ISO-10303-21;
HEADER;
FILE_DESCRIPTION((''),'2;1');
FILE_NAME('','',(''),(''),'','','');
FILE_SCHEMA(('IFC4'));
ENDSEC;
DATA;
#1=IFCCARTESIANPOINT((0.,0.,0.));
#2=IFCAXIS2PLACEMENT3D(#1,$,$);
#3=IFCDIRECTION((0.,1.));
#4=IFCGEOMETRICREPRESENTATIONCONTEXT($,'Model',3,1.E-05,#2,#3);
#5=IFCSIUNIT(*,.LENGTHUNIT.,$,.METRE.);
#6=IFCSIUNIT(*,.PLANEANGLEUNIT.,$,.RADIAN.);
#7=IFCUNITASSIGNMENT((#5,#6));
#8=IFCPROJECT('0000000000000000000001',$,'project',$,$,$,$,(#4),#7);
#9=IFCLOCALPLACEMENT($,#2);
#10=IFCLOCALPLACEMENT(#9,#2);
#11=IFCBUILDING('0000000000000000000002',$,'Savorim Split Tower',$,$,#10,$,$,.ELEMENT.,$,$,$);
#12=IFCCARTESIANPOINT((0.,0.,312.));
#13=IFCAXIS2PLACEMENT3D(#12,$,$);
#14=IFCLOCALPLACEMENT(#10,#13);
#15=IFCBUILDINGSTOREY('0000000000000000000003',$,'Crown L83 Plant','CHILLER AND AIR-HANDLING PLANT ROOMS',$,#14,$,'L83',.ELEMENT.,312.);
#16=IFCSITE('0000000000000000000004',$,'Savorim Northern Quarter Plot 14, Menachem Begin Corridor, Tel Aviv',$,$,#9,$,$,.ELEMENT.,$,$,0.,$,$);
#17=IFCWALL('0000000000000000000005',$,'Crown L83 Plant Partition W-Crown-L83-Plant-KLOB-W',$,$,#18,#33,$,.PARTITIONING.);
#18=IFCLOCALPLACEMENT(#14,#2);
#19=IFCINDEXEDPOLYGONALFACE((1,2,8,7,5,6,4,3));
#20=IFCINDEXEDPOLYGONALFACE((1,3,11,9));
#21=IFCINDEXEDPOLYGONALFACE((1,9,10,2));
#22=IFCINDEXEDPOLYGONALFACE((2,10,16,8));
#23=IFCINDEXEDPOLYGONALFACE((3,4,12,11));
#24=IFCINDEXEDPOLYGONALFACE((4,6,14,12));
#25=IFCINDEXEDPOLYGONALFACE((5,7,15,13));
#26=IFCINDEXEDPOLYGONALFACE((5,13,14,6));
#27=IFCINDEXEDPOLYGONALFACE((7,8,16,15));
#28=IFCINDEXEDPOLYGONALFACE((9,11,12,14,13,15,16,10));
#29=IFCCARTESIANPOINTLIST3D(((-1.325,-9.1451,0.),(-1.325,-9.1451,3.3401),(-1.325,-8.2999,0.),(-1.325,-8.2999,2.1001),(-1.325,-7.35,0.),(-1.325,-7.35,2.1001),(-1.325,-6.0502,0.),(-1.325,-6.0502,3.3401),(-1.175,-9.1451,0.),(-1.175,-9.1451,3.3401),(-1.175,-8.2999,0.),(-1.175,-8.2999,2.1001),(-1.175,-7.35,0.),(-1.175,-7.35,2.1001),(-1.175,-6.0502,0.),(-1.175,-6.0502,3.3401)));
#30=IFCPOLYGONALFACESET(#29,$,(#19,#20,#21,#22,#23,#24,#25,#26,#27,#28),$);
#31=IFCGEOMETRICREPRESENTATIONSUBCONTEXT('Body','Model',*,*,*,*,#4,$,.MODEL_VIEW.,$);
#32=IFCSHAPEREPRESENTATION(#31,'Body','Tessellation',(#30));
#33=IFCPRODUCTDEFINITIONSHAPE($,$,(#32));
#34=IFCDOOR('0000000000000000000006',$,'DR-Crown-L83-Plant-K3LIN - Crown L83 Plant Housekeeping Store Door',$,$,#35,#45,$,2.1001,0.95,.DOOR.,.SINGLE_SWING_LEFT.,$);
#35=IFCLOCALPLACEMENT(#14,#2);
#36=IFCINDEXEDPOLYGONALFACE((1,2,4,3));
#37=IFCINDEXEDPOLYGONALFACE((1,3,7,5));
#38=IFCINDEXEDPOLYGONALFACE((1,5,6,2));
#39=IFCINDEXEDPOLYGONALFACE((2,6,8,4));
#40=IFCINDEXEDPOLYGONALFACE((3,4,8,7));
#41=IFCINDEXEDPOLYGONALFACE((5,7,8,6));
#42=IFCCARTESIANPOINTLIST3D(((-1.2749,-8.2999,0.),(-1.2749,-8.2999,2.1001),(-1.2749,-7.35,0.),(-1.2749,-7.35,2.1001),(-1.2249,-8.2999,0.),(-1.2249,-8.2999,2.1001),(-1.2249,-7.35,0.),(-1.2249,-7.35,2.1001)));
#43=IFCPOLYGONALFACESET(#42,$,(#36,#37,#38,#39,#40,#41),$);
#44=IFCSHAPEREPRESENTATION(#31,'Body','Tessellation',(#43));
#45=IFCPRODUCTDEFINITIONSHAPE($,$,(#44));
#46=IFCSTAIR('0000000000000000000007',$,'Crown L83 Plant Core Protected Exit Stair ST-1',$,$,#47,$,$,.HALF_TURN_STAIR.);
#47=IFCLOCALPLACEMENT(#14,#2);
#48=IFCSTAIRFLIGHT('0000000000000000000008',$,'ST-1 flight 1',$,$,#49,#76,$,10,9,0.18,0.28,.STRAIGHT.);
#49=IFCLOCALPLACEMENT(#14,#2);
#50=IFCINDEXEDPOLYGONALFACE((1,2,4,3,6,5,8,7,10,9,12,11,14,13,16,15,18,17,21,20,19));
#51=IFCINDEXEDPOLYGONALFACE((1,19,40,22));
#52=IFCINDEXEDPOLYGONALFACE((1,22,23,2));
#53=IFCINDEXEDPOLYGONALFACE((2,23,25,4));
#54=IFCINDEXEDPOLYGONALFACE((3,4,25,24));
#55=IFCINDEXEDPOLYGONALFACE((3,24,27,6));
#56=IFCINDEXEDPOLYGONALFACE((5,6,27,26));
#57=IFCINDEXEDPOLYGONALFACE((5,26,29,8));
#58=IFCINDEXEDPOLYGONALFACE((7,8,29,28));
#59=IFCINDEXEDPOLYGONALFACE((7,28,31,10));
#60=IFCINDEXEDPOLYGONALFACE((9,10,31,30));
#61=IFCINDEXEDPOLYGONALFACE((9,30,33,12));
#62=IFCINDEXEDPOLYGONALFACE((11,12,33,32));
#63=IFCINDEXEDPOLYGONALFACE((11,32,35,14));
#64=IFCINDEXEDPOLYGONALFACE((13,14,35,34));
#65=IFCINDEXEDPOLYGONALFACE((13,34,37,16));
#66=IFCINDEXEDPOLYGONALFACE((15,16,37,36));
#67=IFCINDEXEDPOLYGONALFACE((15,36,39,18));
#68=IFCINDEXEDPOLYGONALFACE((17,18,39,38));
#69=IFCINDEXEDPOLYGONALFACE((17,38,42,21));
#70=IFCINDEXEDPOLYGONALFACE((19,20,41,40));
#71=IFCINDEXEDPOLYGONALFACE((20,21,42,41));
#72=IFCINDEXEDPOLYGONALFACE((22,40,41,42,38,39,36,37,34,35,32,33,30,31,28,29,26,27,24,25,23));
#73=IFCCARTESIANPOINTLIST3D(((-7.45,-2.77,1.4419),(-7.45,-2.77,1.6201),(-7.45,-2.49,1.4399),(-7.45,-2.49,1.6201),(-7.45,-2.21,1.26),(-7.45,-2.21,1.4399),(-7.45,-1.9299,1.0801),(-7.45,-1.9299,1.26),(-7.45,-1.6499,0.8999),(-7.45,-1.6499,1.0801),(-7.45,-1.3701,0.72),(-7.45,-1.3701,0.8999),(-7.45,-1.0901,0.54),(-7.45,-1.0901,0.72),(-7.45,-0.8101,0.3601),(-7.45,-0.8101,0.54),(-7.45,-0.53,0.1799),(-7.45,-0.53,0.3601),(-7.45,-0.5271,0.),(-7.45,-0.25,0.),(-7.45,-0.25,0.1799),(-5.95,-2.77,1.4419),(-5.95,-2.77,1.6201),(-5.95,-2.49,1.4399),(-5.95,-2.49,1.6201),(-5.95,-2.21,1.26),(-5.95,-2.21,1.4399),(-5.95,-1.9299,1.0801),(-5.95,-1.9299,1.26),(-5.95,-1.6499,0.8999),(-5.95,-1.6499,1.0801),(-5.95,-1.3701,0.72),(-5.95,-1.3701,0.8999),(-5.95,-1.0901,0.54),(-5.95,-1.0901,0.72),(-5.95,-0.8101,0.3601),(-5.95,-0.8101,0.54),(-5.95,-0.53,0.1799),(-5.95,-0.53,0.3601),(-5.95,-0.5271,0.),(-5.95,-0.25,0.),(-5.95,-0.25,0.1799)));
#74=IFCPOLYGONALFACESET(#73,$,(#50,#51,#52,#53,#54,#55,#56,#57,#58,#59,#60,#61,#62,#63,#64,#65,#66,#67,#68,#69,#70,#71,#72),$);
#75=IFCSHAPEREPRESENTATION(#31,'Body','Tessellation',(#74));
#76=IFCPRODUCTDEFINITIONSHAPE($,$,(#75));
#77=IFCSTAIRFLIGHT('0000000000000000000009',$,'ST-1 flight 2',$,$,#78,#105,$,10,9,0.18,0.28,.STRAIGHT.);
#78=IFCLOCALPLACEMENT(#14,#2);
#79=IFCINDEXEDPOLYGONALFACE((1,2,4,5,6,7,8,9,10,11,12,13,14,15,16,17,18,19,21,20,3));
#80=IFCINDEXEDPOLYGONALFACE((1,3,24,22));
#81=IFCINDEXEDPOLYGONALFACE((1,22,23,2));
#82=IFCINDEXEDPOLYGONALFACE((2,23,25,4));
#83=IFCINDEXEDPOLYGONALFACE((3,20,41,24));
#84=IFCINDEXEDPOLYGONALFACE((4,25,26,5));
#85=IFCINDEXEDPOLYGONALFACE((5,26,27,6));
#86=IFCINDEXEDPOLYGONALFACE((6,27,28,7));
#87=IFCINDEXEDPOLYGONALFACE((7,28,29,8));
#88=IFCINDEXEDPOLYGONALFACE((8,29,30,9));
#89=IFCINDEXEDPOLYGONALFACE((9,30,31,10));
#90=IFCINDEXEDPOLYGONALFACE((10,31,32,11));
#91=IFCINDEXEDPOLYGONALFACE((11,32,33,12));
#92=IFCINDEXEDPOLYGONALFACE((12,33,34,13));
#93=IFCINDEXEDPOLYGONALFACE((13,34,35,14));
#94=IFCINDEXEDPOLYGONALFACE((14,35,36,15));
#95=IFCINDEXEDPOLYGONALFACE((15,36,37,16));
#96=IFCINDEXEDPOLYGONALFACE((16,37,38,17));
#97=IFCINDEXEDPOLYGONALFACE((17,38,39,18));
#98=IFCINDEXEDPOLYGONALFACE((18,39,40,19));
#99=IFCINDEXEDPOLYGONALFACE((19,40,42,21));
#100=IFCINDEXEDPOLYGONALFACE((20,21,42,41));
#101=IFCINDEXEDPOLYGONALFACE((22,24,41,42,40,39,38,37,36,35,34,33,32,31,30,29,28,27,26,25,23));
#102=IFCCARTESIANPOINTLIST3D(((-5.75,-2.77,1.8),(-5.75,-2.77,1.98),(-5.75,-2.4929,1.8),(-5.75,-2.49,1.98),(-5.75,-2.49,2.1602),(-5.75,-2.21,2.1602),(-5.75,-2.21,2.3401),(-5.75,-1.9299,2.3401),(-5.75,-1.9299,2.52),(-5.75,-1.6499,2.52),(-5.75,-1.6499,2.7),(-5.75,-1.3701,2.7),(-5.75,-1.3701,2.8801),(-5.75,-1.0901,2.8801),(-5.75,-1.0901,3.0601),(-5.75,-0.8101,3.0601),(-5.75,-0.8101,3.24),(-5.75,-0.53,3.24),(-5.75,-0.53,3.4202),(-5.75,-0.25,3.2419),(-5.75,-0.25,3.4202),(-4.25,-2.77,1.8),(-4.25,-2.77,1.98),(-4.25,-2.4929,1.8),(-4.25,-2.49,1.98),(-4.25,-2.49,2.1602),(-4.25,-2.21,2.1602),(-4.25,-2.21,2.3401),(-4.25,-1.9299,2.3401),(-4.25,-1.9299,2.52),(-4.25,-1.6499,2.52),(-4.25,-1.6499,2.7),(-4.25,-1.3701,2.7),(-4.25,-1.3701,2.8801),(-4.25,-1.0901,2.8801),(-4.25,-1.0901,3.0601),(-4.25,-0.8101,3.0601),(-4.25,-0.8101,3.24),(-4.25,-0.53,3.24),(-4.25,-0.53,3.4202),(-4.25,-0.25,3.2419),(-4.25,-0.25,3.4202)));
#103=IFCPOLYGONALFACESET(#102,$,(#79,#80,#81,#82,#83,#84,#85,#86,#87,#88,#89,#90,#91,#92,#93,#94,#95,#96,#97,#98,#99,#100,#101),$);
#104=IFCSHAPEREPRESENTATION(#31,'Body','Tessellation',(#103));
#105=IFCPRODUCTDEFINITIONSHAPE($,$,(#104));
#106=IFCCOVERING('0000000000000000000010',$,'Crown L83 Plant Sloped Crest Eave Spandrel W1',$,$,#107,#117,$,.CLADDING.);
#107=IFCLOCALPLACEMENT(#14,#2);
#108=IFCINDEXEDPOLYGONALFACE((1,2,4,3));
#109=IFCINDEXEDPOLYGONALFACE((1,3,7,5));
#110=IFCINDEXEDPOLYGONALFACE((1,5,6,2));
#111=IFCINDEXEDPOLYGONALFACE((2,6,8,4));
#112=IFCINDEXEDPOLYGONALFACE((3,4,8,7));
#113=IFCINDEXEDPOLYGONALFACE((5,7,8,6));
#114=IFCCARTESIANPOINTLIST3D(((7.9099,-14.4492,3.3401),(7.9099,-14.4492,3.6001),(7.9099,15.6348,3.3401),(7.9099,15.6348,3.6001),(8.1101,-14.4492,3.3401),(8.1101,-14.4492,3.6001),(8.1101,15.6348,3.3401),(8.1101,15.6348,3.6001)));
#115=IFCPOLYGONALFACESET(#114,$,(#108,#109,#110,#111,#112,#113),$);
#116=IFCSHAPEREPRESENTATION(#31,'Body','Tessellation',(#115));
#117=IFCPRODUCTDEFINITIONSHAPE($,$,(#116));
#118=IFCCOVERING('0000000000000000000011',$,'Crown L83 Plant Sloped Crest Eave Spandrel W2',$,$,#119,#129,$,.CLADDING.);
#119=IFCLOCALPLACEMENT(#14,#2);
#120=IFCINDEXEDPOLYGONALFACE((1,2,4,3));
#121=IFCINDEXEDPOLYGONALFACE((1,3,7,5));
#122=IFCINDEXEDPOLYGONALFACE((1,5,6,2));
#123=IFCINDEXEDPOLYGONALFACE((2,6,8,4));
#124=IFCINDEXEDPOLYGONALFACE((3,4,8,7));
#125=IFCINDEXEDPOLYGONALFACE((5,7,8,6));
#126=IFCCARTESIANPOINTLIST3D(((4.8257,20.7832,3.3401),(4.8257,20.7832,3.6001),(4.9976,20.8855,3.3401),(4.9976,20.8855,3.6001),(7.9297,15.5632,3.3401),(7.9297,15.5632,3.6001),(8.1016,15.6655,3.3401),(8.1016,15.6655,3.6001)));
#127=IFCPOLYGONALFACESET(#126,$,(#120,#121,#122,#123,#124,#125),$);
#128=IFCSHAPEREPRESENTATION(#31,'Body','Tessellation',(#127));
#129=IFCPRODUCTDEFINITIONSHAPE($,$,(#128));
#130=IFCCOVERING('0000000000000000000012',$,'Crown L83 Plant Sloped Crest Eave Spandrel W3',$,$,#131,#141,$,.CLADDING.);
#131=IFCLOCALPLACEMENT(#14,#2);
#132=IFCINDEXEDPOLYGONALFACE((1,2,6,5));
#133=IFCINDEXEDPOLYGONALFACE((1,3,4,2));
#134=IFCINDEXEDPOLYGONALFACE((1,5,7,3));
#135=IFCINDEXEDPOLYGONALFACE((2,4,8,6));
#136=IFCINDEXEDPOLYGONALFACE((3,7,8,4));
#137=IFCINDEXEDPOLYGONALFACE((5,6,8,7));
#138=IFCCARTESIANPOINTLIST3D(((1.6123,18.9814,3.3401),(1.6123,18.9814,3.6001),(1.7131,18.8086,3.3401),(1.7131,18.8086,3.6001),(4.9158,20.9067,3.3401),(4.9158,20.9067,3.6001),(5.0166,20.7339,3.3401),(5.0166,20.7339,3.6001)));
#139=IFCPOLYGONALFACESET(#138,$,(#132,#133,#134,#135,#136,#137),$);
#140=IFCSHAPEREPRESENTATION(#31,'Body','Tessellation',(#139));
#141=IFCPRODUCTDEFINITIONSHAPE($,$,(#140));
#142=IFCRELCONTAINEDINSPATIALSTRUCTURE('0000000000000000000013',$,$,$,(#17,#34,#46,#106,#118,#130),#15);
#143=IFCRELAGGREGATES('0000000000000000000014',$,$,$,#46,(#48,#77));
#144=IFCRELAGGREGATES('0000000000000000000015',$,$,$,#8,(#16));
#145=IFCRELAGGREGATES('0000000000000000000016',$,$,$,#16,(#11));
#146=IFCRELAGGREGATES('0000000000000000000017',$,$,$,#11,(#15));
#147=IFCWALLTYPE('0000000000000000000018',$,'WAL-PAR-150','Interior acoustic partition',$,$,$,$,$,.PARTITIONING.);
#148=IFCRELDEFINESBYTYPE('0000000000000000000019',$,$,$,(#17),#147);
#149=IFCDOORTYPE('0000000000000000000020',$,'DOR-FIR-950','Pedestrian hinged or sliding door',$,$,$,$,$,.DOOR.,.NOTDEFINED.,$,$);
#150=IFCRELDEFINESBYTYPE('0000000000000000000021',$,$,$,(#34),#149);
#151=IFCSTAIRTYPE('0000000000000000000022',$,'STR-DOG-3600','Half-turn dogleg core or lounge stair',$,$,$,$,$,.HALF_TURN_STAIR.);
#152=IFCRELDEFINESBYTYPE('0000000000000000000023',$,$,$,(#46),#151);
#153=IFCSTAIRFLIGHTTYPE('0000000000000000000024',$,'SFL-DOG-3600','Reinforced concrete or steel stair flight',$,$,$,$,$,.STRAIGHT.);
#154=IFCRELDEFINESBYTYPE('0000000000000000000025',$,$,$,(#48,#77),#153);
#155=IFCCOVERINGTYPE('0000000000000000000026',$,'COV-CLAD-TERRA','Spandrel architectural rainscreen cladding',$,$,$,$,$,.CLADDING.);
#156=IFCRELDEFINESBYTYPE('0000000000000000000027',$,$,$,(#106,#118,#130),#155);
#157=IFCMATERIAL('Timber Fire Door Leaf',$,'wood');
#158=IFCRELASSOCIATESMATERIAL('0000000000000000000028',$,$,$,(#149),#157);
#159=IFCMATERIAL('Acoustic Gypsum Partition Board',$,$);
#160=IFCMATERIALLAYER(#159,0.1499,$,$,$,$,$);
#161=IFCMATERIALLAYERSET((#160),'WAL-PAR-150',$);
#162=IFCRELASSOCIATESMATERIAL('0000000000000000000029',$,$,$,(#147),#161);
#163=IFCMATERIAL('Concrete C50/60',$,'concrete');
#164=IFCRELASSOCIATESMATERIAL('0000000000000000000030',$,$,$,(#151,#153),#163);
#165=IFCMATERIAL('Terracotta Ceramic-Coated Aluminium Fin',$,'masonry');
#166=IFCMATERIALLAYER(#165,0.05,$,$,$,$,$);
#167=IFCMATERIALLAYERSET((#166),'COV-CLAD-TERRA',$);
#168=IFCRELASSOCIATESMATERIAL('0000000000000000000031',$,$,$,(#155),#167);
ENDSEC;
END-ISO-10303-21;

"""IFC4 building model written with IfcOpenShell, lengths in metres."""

from ifc_helpers import new_model, si_unit, direction, frame, frame_2d, origin, place, context, subcontext, project, spatial, polyline, rectangle, outline, extrude, material, layer, layer_set, type_object, element, fill, aggregate, save


model = new_model("IFC4")

# Units and contexts
model_context = context("Model", 3, precision=1e-05, world=origin(), true_north=direction((0.0, 1.0)))
body_context = subcontext(model_context, "Body", "Model", "MODEL_VIEW")
ifc_project = project(units=[si_unit("LENGTHUNIT", "METRE"), si_unit("PLANEANGLEUNIT", "RADIAN")], contexts=[model_context])

# Site, building, storey
site_placement = place(None, origin())
site = spatial("IfcSite", under=ifc_project, at=site_placement, Name="Savorim Northern Quarter Plot 14, Menachem Begin Corridor, Tel Aviv", CompositionType="ELEMENT", RefElevation=0.0)
building_placement = place(site_placement, origin())
building = spatial("IfcBuilding", under=site, at=building_placement, Name="Savorim Split Tower", CompositionType="ELEMENT")
storey_placement = place(building_placement, frame((0.0, 0.0, 312.0)))
storey = spatial("IfcBuildingStorey", under=building, at=storey_placement, Name="Crown L83 Plant", Description="CHILLER AND AIR-HANDLING PLANT ROOMS", LongName="L83", CompositionType="ELEMENT", Elevation=312.0)

# Shared definitions
ifc_material_1 = material(Name="Concrete C50/60", Category="concrete")

# Shared definitions
ifc_material_2 = material(Name="Timber Fire Door Leaf", Category="wood")
door_type = type_object("IfcDoorType", Name="DOR-FIR-950", Description="Pedestrian hinged or sliding door", OperationType="NOTDEFINED", PredefinedType="DOOR", material=ifc_material_2)

# Wall, opening, door
ifc_material_3 = material(Name="Acoustic Gypsum Partition Board")
ifc_layer_1 = layer(ifc_material_3, 0.1499)
ifc_layer_set_1 = layer_set([ifc_layer_1], Name="WAL-PAR-150")
wall_type_1 = type_object("IfcWallType", Name="WAL-PAR-150", Description="Interior acoustic partition", PredefinedType="PARTITIONING", material=ifc_layer_set_1)
wall_1_placement = place(storey_placement, frame((-1.25, -9.145, 0.0), z_axis=(0.0, 0.0, 1.0), x_axis=(0.0, 1.0, 0.0)))
wall_1 = element("IfcWall", 1, at=wall_1_placement, inside=storey, type_object=wall_type_1, Name="Crown L83 Plant Partition W-Crown-L83-Plant-KLOB-W", PredefinedType="PARTITIONING", context=body_context, shape_type="SweptSolid", body=[
    extrude(rectangle(XDim=3.095, YDim=0.1499, at=frame_2d((1.5474, 0.0))), origin(), (0.0, 0.0, 1.0), 3.3401),
])
opening_1_placement = place(wall_1_placement, frame((0.845, 0.0, 0.0)))
opening_1 = element("IfcOpeningElement", 2, at=opening_1_placement, cuts=wall_1, PredefinedType="OPENING", context=body_context, shape_type="SweptSolid", body=[
    extrude(rectangle(XDim=0.95, YDim=2.1001, at=frame_2d((0.4751, 1.05))), frame((0.0, 0.085, 0.0), z_axis=(0.0, -1.0, 0.0), x_axis=(1.0, 0.0, 0.0)), (0.0, 0.0, 1.0), 0.1699),
])
door_1_placement = place(opening_1_placement, origin())
door_1 = element("IfcDoor", 3, at=door_1_placement, inside=storey, type_object=door_type, Name="DR-Crown-L83-Plant-K3LIN - Crown L83 Plant Housekeeping Store Door", OperationType="SINGLE_SWING_LEFT", OverallHeight=2.1001, OverallWidth=0.95, PredefinedType="DOOR", context=body_context, shape_type="SweptSolid", body=[
    extrude(rectangle(XDim=0.95, YDim=2.1001, at=frame_2d((0.4751, 1.05))), frame((0.0, 0.0249, 0.0), z_axis=(0.0, -1.0, 0.0), x_axis=(1.0, 0.0, 0.0)), (0.0, 0.0, 1.0), 0.05),
])
fill(opening_1, door_1)

# Stair, stair flights
stair_type = type_object("IfcStairType", Name="STR-DOG-3600", Description="Half-turn dogleg core or lounge stair", PredefinedType="HALF_TURN_STAIR", material=ifc_material_1)
stair_placement = place(storey_placement, origin())
stair = element("IfcStair", 4, at=stair_placement, inside=storey, type_object=stair_type, Name="Crown L83 Plant Core Protected Exit Stair ST-1", PredefinedType="HALF_TURN_STAIR")
stair_flight_type = type_object("IfcStairFlightType", Name="SFL-DOG-3600", Description="Reinforced concrete or steel stair flight", PredefinedType="STRAIGHT", material=ifc_material_1)
stair_flight_1_placement = place(storey_placement, frame((-6.7, -0.25, 0.0), z_axis=(0.0, 0.0, 1.0), x_axis=(0.0, -1.0, 0.0)))
stair_flight_1 = element("IfcStairFlight", 5, at=stair_flight_1_placement, type_object=stair_flight_type, Name="ST-1 flight 1", NumberOfRisers=10, NumberOfTreads=9, PredefinedType="STRAIGHT", RiserHeight=0.18, TreadLength=0.28, context=body_context, shape_type="SweptSolid", body=[
    extrude(outline(polyline([(0.0, 0.0), (0.0, 0.1799), (0.28, 0.1799), (0.28, 0.3601), (0.5601, 0.3601), (0.5601, 0.54), (0.8401, 0.54), (0.8401, 0.72), (1.1201, 0.72), (1.1201, 0.8999), (1.3999, 0.8999), (1.3999, 1.0801), (1.6799, 1.0801), (1.6799, 1.26), (1.96, 1.26), (1.96, 1.4399), (2.24, 1.4399), (2.24, 1.6201), (2.52, 1.6201), (2.52, 1.8), (2.52, 1.4419), (0.2771, 0.0), (0.0, 0.0)])), frame((0.0, 0.75, 0.0), z_axis=(0.0, -1.0, 0.0), x_axis=(1.0, 0.0, 0.0)), (0.0, 0.0, 1.0), 1.5),
])
stair_flight_2_placement = place(storey_placement, frame((-5.0, -2.77, 1.8), z_axis=(0.0, 0.0, 1.0), x_axis=(0.0, 1.0, 0.0)))
stair_flight_2 = element("IfcStairFlight", 6, at=stair_flight_2_placement, type_object=stair_flight_type, Name="ST-1 flight 2", NumberOfRisers=10, NumberOfTreads=9, PredefinedType="STRAIGHT", RiserHeight=0.18, TreadLength=0.28, context=body_context, shape_type="SweptSolid", body=[
    extrude(outline(polyline([(0.0, 0.0), (0.0, 0.1799), (0.28, 0.1799), (0.28, 0.3601), (0.5601, 0.3601), (0.5601, 0.54), (0.8401, 0.54), (0.8401, 0.72), (1.1201, 0.72), (1.1201, 0.8999), (1.3999, 0.8999), (1.3999, 1.0801), (1.6799, 1.0801), (1.6799, 1.26), (1.96, 1.26), (1.96, 1.4399), (2.24, 1.4399), (2.24, 1.6201), (2.52, 1.6201), (2.52, 1.8), (2.52, 1.4419), (0.2771, 0.0), (0.0, 0.0)])), frame((0.0, 0.75, 0.0), z_axis=(0.0, -1.0, 0.0), x_axis=(1.0, 0.0, 0.0)), (0.0, 0.0, 1.0), 1.5),
])
aggregate(stair, [stair_flight_1, stair_flight_2])

# Coverings
ifc_material_4 = material(Name="Terracotta Ceramic-Coated Aluminium Fin", Category="masonry")
ifc_layer_2 = layer(ifc_material_4, 0.05)
ifc_layer_set_2 = layer_set([ifc_layer_2], Name="COV-CLAD-TERRA")
covering_type = type_object("IfcCoveringType", Name="COV-CLAD-TERRA", Description="Spandrel architectural rainscreen cladding", PredefinedType="CLADDING", material=ifc_layer_set_2)
covering_1_placement = place(storey_placement, frame((0.0, 0.0, 3.3401)))
element("IfcCovering", 7, at=covering_1_placement, inside=storey, type_object=covering_type, Name="Crown L83 Plant Sloped Crest Eave Spandrel W1", PredefinedType="CLADDING", context=body_context, shape_type="SweptSolid", body=[
    extrude(outline(polyline([(8.1101, -14.4492), (8.1101, 15.6348), (7.9099, 15.6348), (7.9099, -14.4492), (8.1101, -14.4492)])), origin(), (0.0, 0.0, 1.0), 0.26),
])
covering_2_placement = place(storey_placement, frame((0.0, 0.0, 3.3401)))
element("IfcCovering", 8, at=covering_2_placement, inside=storey, type_object=covering_type, Name="Crown L83 Plant Sloped Crest Eave Spandrel W2", PredefinedType="CLADDING", context=body_context, shape_type="SweptSolid", body=[
    extrude(outline(polyline([(8.1016, 15.6655), (4.9976, 20.8855), (4.8257, 20.7832), (7.9297, 15.5632), (8.1016, 15.6655)])), origin(), (0.0, 0.0, 1.0), 0.26),
])
covering_3_placement = place(storey_placement, frame((0.0, 0.0, 3.3401)))
element("IfcCovering", 9, at=covering_3_placement, inside=storey, type_object=covering_type, Name="Crown L83 Plant Sloped Crest Eave Spandrel W3", PredefinedType="CLADDING", context=body_context, shape_type="SweptSolid", body=[
    extrude(outline(polyline([(4.9158, 20.9067), (1.6123, 18.9814), (1.7131, 18.8086), (5.0166, 20.7339), (4.9158, 20.9067)])), origin(), (0.0, 0.0, 1.0), 0.26),
])

save(model, "model.ifc")
